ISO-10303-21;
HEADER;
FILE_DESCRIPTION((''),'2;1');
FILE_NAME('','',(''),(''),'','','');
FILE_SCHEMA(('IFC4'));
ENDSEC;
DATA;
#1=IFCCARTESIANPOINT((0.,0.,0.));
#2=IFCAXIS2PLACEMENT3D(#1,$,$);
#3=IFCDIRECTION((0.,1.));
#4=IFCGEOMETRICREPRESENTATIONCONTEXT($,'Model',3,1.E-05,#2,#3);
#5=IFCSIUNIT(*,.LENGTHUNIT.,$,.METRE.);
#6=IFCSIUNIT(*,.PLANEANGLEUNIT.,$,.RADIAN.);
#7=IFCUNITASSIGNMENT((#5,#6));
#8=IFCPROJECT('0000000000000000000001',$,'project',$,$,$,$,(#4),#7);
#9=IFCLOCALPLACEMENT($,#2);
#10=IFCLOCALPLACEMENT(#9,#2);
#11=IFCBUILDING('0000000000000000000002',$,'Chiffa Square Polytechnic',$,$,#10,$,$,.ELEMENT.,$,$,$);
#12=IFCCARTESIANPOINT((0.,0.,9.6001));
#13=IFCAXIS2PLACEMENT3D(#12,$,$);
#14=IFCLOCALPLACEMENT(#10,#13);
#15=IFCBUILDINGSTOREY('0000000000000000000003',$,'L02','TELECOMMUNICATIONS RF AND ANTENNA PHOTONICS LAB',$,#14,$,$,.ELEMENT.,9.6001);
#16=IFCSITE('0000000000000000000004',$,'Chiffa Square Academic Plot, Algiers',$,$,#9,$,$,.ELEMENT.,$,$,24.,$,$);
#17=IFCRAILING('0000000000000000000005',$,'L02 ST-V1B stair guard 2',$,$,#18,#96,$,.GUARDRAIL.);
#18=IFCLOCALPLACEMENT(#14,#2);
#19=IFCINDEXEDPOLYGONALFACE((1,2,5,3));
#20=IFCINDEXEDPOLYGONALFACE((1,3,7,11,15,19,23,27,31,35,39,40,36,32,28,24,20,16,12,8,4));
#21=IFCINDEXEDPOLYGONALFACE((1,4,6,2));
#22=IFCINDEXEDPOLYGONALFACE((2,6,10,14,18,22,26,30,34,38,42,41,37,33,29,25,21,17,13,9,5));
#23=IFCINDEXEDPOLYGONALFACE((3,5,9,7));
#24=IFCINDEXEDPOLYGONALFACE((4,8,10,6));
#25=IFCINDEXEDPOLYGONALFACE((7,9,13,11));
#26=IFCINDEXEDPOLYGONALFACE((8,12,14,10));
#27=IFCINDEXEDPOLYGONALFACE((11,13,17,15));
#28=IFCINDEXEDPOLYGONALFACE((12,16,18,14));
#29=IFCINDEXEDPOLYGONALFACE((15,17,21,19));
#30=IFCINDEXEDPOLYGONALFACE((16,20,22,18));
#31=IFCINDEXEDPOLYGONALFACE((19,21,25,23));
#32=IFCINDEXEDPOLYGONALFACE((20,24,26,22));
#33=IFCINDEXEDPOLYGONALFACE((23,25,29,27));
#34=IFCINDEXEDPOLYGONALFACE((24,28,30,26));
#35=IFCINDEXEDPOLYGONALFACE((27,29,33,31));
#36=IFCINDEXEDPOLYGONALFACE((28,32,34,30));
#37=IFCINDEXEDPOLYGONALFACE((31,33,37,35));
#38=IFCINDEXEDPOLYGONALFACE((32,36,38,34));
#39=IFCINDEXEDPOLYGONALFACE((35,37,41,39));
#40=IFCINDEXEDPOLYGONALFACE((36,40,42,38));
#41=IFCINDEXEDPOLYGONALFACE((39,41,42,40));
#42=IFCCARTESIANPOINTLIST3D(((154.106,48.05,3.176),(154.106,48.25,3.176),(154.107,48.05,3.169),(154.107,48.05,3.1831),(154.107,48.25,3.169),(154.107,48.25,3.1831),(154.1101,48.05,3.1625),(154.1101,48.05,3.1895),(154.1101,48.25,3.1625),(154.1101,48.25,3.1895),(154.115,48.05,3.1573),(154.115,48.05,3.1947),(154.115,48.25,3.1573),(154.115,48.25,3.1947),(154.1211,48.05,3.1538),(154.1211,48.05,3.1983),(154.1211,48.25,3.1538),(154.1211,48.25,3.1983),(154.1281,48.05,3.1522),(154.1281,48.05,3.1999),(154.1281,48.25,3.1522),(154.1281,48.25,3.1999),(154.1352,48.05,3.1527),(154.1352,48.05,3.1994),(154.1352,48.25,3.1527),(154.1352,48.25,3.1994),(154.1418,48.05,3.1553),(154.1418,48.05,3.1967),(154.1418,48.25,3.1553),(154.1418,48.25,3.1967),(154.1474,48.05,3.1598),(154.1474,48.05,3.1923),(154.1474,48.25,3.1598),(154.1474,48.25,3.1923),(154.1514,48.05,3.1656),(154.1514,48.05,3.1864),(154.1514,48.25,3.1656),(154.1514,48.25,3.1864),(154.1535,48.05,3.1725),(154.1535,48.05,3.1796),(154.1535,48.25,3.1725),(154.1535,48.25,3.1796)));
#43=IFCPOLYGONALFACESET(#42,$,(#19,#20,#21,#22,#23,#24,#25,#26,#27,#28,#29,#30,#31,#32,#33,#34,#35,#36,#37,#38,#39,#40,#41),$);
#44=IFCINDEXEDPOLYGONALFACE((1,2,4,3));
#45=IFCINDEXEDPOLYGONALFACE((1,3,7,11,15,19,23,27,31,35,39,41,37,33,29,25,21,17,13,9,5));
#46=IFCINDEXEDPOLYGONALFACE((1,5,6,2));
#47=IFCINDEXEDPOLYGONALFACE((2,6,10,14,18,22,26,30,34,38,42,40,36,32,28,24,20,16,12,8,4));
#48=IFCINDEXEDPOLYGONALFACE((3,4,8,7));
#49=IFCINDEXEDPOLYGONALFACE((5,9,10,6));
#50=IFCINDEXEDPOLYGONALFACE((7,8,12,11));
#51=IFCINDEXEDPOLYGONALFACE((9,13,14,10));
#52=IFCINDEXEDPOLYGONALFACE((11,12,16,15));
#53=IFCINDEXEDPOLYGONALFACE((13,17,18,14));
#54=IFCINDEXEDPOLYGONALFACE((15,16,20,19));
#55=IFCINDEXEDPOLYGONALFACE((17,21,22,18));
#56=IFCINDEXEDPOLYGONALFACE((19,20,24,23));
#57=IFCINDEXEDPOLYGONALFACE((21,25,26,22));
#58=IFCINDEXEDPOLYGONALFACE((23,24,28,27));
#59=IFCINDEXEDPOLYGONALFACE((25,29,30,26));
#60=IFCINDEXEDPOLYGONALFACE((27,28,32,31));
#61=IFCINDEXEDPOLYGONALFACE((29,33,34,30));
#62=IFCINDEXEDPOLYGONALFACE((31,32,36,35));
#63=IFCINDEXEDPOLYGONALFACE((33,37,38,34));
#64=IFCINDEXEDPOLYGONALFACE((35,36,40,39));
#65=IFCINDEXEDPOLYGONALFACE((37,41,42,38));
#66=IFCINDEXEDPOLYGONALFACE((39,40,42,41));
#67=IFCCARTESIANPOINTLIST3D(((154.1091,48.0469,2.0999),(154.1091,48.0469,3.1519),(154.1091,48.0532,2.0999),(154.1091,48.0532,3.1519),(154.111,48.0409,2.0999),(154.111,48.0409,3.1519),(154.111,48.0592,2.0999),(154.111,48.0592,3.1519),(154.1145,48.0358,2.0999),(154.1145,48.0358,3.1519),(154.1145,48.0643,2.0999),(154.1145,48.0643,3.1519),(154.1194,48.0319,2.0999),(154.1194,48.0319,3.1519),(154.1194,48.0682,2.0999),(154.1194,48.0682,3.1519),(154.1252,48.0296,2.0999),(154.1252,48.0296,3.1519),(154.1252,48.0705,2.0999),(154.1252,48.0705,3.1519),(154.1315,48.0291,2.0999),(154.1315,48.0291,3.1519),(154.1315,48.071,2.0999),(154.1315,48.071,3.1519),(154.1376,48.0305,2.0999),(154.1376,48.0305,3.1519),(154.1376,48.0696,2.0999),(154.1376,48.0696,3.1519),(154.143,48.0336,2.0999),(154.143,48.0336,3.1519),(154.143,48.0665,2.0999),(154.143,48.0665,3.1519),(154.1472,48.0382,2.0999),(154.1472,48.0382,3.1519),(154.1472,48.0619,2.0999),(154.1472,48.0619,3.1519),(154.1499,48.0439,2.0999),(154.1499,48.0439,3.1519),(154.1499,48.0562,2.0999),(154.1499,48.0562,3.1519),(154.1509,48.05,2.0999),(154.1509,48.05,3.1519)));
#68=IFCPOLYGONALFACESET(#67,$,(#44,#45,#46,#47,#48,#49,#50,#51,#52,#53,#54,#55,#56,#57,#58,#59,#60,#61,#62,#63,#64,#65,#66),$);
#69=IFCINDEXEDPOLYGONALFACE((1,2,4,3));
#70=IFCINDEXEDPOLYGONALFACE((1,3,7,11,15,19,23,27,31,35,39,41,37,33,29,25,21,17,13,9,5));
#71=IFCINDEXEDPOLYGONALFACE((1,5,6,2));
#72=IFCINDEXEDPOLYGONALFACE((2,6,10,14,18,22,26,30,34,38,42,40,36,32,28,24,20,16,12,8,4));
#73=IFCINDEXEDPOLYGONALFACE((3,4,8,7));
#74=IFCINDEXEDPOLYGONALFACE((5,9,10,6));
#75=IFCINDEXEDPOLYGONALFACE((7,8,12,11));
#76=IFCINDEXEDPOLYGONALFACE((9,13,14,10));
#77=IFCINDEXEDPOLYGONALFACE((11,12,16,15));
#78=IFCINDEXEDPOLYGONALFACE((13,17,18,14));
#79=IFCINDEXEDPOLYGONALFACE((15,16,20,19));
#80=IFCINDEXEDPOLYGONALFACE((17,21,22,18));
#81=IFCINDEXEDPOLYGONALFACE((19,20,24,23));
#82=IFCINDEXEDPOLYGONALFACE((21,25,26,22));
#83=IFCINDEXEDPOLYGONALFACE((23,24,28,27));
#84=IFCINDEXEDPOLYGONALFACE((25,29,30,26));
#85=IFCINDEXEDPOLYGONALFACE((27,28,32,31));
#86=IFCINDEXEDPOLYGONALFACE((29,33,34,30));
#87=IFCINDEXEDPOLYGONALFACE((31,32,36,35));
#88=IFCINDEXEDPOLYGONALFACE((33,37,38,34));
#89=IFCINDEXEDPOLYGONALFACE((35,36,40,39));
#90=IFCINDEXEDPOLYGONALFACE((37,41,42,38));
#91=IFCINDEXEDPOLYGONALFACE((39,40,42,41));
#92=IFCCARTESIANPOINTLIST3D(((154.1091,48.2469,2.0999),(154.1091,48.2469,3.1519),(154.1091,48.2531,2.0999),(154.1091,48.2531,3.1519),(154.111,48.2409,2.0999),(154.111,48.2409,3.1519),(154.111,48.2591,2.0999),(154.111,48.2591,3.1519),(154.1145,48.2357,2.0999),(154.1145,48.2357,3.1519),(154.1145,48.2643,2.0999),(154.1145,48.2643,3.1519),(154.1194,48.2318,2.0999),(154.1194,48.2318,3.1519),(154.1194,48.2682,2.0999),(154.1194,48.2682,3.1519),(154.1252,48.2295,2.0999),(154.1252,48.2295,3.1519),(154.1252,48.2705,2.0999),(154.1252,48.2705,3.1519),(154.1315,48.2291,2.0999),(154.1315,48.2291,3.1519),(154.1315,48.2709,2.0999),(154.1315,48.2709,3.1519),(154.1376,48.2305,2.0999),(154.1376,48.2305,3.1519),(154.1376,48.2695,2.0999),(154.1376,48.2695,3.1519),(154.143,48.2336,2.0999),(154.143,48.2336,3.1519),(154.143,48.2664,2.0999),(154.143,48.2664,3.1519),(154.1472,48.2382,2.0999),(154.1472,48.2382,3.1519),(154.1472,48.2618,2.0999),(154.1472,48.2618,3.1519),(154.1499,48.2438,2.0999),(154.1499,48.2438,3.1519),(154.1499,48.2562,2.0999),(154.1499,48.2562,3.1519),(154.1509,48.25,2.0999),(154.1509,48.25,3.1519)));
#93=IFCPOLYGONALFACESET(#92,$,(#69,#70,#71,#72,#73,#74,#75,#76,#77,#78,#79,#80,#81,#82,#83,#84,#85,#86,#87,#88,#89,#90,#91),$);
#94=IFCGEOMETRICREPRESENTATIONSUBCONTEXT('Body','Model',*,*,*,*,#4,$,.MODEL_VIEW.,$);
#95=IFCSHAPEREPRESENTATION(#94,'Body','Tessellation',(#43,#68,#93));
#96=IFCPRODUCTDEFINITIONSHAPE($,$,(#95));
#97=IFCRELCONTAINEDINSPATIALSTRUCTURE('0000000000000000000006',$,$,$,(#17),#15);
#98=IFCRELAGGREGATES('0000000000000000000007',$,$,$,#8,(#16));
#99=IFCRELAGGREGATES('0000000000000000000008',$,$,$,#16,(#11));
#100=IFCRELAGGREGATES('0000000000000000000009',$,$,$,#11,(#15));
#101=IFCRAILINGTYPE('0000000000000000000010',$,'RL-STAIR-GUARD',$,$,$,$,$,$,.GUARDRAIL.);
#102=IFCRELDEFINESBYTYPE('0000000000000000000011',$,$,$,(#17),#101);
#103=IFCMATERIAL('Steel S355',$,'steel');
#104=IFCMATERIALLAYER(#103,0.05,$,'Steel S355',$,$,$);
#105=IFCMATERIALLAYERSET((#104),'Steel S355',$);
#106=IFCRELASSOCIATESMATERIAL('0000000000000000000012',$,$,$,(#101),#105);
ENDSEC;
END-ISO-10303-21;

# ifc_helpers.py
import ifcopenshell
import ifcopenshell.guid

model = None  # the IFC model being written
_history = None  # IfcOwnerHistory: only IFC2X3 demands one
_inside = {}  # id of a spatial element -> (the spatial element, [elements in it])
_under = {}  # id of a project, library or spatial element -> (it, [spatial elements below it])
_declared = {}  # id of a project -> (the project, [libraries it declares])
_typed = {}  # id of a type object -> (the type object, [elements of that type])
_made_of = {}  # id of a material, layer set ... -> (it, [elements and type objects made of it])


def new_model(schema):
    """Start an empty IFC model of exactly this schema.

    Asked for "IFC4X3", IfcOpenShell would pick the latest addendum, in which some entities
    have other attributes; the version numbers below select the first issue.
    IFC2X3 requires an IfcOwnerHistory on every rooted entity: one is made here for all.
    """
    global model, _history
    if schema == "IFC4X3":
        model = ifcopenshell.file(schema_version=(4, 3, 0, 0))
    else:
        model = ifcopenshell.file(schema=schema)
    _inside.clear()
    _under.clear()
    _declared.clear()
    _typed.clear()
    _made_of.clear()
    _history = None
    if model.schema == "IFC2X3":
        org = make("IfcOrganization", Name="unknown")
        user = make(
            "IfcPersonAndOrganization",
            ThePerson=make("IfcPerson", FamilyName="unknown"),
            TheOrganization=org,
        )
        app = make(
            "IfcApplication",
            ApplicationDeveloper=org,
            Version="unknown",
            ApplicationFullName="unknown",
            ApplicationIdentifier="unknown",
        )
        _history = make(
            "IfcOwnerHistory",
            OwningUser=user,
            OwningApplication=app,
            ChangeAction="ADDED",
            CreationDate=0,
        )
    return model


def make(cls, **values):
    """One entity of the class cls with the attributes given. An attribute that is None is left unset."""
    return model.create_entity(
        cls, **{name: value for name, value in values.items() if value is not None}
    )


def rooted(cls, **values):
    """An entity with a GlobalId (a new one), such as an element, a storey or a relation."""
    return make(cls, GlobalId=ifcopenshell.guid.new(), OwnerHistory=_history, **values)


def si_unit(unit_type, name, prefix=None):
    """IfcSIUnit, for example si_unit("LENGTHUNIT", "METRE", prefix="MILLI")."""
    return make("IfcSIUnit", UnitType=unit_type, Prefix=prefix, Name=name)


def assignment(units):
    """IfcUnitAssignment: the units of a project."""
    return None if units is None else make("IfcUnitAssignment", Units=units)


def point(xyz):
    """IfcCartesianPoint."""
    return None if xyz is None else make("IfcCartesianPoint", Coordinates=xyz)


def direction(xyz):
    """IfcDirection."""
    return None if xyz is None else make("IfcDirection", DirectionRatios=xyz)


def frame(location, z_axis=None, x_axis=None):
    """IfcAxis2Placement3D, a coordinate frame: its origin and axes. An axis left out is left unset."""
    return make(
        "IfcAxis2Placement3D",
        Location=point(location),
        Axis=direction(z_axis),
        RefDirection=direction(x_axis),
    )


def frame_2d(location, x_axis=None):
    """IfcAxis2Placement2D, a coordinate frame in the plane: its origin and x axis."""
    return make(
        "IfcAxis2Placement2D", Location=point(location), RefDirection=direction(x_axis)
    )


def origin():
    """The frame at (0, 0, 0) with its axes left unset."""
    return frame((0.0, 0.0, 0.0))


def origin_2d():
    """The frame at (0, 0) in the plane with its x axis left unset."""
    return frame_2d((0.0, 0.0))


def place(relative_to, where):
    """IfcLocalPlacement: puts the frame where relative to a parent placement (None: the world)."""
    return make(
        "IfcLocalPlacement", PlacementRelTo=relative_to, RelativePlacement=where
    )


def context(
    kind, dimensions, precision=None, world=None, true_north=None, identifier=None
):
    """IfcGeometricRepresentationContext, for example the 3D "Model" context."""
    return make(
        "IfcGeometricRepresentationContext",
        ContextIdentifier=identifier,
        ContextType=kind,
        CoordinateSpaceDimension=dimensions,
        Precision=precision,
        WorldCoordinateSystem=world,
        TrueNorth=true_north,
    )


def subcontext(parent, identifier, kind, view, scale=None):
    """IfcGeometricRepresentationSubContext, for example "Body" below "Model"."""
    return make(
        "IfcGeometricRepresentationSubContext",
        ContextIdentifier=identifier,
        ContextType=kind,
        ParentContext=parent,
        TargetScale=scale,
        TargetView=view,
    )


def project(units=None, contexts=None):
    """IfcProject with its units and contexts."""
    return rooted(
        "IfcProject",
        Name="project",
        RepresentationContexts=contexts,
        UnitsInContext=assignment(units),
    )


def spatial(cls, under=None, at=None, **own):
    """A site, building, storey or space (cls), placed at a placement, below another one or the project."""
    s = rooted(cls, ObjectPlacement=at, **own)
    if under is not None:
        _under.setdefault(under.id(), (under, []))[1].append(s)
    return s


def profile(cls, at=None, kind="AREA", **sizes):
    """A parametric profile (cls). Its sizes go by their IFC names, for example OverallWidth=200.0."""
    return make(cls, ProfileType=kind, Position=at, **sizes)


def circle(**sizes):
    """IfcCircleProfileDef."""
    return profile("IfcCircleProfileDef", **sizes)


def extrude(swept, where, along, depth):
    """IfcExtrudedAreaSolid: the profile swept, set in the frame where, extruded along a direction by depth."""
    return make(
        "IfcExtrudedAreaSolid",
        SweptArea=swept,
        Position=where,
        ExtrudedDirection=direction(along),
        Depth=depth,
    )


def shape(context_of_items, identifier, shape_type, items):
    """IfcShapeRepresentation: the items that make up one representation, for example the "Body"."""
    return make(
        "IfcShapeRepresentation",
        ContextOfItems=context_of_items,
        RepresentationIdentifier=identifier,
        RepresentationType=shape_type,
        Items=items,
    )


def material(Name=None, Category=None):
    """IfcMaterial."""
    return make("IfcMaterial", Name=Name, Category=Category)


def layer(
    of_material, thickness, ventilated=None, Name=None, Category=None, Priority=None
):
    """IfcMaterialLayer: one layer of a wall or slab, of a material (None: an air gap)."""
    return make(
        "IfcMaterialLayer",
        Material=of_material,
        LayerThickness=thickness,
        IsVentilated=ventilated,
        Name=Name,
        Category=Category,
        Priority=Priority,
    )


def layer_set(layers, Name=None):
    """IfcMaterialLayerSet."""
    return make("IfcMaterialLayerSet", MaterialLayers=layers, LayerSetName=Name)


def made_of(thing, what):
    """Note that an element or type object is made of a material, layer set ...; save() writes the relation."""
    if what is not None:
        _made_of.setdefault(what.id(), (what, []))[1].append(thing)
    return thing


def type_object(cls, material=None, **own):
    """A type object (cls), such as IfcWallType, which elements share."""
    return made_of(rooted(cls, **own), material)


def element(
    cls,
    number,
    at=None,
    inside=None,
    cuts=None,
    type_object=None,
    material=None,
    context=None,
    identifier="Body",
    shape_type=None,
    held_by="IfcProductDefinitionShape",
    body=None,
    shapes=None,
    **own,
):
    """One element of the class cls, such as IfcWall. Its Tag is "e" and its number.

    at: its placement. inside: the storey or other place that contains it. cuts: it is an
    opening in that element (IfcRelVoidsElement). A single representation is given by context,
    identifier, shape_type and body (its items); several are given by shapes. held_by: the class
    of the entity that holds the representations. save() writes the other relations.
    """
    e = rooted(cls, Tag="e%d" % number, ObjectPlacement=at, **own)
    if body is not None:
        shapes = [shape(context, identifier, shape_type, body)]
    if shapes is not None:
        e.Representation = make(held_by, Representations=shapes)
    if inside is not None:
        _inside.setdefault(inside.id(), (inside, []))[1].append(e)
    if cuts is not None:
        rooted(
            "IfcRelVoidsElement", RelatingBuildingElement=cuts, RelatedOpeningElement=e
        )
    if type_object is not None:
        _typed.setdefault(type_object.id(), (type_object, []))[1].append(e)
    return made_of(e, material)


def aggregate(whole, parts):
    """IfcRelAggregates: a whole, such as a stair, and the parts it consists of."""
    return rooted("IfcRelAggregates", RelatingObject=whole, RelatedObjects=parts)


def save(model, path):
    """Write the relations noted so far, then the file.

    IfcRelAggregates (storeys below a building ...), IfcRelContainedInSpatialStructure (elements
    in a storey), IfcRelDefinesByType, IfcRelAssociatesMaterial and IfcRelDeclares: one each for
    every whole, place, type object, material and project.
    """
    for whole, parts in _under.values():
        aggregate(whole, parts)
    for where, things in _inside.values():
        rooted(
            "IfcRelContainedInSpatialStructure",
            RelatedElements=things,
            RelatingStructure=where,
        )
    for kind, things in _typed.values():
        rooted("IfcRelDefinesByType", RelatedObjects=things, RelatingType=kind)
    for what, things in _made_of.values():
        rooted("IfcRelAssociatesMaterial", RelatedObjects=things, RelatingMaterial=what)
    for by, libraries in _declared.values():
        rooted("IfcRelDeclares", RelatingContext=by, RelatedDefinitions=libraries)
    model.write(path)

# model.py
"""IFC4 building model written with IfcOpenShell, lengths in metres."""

from ifc_helpers import new_model, si_unit, direction, frame, origin, origin_2d, place, context, subcontext, project, spatial, circle, extrude, material, layer, layer_set, type_object, element, save


model = new_model("IFC4")

# Units and contexts
model_context = context("Model", 3, precision=1e-05, world=origin(), true_north=direction((0.0, 1.0)))
body_context = subcontext(model_context, "Body", "Model", "MODEL_VIEW")
ifc_project = project(units=[si_unit("LENGTHUNIT", "METRE"), si_unit("PLANEANGLEUNIT", "RADIAN")], contexts=[model_context])

# Site, building, storey
site_placement = place(None, origin())
site = spatial("IfcSite", under=ifc_project, at=site_placement, Name="Chiffa Square Academic Plot, Algiers", CompositionType="ELEMENT", RefElevation=24.0)
building_placement = place(site_placement, origin())
building = spatial("IfcBuilding", under=site, at=building_placement, Name="Chiffa Square Polytechnic", CompositionType="ELEMENT")
storey_placement = place(building_placement, frame((0.0, 0.0, 9.6001)))
storey = spatial("IfcBuildingStorey", under=building, at=storey_placement, Name="L02", Description="TELECOMMUNICATIONS RF AND ANTENNA PHOTONICS LAB", CompositionType="ELEMENT", Elevation=9.6001)

# Shared definitions
ifc_material_1 = material(Name="Steel S355", Category="steel")

# Railing
ifc_layer_1 = layer(ifc_material_1, 0.05, Name="Steel S355")
ifc_layer_set_1 = layer_set([ifc_layer_1], Name="Steel S355")
railing_type_1 = type_object("IfcRailingType", Name="RL-STAIR-GUARD", PredefinedType="GUARDRAIL", material=ifc_layer_set_1)
railing_1_placement = place(storey_placement, frame((154.1299, 48.05, 2.0999)))
element("IfcRailing", 1, at=railing_1_placement, inside=storey, type_object=railing_type_1, Name="L02 ST-V1B stair guard 2", PredefinedType="GUARDRAIL", context=body_context, shape_type="SweptSolid", body=[
    extrude(circle(Radius=0.0239, at=origin_2d()), frame((0.0, 0.0, 1.0762), z_axis=(0.0, 1.0, 0.0), x_axis=(-1.0, 0.0, 0.0)), (0.0, 0.0, 1.0), 0.2),
    extrude(circle(Radius=0.021, at=origin_2d()), origin(), (0.0, 0.0, 1.0), 1.052),
    extrude(circle(Radius=0.021, at=origin_2d()), frame((0.0, 0.2, 0.0)), (0.0, 0.0, 1.0), 1.052),
])

save(model, "model.ifc")
